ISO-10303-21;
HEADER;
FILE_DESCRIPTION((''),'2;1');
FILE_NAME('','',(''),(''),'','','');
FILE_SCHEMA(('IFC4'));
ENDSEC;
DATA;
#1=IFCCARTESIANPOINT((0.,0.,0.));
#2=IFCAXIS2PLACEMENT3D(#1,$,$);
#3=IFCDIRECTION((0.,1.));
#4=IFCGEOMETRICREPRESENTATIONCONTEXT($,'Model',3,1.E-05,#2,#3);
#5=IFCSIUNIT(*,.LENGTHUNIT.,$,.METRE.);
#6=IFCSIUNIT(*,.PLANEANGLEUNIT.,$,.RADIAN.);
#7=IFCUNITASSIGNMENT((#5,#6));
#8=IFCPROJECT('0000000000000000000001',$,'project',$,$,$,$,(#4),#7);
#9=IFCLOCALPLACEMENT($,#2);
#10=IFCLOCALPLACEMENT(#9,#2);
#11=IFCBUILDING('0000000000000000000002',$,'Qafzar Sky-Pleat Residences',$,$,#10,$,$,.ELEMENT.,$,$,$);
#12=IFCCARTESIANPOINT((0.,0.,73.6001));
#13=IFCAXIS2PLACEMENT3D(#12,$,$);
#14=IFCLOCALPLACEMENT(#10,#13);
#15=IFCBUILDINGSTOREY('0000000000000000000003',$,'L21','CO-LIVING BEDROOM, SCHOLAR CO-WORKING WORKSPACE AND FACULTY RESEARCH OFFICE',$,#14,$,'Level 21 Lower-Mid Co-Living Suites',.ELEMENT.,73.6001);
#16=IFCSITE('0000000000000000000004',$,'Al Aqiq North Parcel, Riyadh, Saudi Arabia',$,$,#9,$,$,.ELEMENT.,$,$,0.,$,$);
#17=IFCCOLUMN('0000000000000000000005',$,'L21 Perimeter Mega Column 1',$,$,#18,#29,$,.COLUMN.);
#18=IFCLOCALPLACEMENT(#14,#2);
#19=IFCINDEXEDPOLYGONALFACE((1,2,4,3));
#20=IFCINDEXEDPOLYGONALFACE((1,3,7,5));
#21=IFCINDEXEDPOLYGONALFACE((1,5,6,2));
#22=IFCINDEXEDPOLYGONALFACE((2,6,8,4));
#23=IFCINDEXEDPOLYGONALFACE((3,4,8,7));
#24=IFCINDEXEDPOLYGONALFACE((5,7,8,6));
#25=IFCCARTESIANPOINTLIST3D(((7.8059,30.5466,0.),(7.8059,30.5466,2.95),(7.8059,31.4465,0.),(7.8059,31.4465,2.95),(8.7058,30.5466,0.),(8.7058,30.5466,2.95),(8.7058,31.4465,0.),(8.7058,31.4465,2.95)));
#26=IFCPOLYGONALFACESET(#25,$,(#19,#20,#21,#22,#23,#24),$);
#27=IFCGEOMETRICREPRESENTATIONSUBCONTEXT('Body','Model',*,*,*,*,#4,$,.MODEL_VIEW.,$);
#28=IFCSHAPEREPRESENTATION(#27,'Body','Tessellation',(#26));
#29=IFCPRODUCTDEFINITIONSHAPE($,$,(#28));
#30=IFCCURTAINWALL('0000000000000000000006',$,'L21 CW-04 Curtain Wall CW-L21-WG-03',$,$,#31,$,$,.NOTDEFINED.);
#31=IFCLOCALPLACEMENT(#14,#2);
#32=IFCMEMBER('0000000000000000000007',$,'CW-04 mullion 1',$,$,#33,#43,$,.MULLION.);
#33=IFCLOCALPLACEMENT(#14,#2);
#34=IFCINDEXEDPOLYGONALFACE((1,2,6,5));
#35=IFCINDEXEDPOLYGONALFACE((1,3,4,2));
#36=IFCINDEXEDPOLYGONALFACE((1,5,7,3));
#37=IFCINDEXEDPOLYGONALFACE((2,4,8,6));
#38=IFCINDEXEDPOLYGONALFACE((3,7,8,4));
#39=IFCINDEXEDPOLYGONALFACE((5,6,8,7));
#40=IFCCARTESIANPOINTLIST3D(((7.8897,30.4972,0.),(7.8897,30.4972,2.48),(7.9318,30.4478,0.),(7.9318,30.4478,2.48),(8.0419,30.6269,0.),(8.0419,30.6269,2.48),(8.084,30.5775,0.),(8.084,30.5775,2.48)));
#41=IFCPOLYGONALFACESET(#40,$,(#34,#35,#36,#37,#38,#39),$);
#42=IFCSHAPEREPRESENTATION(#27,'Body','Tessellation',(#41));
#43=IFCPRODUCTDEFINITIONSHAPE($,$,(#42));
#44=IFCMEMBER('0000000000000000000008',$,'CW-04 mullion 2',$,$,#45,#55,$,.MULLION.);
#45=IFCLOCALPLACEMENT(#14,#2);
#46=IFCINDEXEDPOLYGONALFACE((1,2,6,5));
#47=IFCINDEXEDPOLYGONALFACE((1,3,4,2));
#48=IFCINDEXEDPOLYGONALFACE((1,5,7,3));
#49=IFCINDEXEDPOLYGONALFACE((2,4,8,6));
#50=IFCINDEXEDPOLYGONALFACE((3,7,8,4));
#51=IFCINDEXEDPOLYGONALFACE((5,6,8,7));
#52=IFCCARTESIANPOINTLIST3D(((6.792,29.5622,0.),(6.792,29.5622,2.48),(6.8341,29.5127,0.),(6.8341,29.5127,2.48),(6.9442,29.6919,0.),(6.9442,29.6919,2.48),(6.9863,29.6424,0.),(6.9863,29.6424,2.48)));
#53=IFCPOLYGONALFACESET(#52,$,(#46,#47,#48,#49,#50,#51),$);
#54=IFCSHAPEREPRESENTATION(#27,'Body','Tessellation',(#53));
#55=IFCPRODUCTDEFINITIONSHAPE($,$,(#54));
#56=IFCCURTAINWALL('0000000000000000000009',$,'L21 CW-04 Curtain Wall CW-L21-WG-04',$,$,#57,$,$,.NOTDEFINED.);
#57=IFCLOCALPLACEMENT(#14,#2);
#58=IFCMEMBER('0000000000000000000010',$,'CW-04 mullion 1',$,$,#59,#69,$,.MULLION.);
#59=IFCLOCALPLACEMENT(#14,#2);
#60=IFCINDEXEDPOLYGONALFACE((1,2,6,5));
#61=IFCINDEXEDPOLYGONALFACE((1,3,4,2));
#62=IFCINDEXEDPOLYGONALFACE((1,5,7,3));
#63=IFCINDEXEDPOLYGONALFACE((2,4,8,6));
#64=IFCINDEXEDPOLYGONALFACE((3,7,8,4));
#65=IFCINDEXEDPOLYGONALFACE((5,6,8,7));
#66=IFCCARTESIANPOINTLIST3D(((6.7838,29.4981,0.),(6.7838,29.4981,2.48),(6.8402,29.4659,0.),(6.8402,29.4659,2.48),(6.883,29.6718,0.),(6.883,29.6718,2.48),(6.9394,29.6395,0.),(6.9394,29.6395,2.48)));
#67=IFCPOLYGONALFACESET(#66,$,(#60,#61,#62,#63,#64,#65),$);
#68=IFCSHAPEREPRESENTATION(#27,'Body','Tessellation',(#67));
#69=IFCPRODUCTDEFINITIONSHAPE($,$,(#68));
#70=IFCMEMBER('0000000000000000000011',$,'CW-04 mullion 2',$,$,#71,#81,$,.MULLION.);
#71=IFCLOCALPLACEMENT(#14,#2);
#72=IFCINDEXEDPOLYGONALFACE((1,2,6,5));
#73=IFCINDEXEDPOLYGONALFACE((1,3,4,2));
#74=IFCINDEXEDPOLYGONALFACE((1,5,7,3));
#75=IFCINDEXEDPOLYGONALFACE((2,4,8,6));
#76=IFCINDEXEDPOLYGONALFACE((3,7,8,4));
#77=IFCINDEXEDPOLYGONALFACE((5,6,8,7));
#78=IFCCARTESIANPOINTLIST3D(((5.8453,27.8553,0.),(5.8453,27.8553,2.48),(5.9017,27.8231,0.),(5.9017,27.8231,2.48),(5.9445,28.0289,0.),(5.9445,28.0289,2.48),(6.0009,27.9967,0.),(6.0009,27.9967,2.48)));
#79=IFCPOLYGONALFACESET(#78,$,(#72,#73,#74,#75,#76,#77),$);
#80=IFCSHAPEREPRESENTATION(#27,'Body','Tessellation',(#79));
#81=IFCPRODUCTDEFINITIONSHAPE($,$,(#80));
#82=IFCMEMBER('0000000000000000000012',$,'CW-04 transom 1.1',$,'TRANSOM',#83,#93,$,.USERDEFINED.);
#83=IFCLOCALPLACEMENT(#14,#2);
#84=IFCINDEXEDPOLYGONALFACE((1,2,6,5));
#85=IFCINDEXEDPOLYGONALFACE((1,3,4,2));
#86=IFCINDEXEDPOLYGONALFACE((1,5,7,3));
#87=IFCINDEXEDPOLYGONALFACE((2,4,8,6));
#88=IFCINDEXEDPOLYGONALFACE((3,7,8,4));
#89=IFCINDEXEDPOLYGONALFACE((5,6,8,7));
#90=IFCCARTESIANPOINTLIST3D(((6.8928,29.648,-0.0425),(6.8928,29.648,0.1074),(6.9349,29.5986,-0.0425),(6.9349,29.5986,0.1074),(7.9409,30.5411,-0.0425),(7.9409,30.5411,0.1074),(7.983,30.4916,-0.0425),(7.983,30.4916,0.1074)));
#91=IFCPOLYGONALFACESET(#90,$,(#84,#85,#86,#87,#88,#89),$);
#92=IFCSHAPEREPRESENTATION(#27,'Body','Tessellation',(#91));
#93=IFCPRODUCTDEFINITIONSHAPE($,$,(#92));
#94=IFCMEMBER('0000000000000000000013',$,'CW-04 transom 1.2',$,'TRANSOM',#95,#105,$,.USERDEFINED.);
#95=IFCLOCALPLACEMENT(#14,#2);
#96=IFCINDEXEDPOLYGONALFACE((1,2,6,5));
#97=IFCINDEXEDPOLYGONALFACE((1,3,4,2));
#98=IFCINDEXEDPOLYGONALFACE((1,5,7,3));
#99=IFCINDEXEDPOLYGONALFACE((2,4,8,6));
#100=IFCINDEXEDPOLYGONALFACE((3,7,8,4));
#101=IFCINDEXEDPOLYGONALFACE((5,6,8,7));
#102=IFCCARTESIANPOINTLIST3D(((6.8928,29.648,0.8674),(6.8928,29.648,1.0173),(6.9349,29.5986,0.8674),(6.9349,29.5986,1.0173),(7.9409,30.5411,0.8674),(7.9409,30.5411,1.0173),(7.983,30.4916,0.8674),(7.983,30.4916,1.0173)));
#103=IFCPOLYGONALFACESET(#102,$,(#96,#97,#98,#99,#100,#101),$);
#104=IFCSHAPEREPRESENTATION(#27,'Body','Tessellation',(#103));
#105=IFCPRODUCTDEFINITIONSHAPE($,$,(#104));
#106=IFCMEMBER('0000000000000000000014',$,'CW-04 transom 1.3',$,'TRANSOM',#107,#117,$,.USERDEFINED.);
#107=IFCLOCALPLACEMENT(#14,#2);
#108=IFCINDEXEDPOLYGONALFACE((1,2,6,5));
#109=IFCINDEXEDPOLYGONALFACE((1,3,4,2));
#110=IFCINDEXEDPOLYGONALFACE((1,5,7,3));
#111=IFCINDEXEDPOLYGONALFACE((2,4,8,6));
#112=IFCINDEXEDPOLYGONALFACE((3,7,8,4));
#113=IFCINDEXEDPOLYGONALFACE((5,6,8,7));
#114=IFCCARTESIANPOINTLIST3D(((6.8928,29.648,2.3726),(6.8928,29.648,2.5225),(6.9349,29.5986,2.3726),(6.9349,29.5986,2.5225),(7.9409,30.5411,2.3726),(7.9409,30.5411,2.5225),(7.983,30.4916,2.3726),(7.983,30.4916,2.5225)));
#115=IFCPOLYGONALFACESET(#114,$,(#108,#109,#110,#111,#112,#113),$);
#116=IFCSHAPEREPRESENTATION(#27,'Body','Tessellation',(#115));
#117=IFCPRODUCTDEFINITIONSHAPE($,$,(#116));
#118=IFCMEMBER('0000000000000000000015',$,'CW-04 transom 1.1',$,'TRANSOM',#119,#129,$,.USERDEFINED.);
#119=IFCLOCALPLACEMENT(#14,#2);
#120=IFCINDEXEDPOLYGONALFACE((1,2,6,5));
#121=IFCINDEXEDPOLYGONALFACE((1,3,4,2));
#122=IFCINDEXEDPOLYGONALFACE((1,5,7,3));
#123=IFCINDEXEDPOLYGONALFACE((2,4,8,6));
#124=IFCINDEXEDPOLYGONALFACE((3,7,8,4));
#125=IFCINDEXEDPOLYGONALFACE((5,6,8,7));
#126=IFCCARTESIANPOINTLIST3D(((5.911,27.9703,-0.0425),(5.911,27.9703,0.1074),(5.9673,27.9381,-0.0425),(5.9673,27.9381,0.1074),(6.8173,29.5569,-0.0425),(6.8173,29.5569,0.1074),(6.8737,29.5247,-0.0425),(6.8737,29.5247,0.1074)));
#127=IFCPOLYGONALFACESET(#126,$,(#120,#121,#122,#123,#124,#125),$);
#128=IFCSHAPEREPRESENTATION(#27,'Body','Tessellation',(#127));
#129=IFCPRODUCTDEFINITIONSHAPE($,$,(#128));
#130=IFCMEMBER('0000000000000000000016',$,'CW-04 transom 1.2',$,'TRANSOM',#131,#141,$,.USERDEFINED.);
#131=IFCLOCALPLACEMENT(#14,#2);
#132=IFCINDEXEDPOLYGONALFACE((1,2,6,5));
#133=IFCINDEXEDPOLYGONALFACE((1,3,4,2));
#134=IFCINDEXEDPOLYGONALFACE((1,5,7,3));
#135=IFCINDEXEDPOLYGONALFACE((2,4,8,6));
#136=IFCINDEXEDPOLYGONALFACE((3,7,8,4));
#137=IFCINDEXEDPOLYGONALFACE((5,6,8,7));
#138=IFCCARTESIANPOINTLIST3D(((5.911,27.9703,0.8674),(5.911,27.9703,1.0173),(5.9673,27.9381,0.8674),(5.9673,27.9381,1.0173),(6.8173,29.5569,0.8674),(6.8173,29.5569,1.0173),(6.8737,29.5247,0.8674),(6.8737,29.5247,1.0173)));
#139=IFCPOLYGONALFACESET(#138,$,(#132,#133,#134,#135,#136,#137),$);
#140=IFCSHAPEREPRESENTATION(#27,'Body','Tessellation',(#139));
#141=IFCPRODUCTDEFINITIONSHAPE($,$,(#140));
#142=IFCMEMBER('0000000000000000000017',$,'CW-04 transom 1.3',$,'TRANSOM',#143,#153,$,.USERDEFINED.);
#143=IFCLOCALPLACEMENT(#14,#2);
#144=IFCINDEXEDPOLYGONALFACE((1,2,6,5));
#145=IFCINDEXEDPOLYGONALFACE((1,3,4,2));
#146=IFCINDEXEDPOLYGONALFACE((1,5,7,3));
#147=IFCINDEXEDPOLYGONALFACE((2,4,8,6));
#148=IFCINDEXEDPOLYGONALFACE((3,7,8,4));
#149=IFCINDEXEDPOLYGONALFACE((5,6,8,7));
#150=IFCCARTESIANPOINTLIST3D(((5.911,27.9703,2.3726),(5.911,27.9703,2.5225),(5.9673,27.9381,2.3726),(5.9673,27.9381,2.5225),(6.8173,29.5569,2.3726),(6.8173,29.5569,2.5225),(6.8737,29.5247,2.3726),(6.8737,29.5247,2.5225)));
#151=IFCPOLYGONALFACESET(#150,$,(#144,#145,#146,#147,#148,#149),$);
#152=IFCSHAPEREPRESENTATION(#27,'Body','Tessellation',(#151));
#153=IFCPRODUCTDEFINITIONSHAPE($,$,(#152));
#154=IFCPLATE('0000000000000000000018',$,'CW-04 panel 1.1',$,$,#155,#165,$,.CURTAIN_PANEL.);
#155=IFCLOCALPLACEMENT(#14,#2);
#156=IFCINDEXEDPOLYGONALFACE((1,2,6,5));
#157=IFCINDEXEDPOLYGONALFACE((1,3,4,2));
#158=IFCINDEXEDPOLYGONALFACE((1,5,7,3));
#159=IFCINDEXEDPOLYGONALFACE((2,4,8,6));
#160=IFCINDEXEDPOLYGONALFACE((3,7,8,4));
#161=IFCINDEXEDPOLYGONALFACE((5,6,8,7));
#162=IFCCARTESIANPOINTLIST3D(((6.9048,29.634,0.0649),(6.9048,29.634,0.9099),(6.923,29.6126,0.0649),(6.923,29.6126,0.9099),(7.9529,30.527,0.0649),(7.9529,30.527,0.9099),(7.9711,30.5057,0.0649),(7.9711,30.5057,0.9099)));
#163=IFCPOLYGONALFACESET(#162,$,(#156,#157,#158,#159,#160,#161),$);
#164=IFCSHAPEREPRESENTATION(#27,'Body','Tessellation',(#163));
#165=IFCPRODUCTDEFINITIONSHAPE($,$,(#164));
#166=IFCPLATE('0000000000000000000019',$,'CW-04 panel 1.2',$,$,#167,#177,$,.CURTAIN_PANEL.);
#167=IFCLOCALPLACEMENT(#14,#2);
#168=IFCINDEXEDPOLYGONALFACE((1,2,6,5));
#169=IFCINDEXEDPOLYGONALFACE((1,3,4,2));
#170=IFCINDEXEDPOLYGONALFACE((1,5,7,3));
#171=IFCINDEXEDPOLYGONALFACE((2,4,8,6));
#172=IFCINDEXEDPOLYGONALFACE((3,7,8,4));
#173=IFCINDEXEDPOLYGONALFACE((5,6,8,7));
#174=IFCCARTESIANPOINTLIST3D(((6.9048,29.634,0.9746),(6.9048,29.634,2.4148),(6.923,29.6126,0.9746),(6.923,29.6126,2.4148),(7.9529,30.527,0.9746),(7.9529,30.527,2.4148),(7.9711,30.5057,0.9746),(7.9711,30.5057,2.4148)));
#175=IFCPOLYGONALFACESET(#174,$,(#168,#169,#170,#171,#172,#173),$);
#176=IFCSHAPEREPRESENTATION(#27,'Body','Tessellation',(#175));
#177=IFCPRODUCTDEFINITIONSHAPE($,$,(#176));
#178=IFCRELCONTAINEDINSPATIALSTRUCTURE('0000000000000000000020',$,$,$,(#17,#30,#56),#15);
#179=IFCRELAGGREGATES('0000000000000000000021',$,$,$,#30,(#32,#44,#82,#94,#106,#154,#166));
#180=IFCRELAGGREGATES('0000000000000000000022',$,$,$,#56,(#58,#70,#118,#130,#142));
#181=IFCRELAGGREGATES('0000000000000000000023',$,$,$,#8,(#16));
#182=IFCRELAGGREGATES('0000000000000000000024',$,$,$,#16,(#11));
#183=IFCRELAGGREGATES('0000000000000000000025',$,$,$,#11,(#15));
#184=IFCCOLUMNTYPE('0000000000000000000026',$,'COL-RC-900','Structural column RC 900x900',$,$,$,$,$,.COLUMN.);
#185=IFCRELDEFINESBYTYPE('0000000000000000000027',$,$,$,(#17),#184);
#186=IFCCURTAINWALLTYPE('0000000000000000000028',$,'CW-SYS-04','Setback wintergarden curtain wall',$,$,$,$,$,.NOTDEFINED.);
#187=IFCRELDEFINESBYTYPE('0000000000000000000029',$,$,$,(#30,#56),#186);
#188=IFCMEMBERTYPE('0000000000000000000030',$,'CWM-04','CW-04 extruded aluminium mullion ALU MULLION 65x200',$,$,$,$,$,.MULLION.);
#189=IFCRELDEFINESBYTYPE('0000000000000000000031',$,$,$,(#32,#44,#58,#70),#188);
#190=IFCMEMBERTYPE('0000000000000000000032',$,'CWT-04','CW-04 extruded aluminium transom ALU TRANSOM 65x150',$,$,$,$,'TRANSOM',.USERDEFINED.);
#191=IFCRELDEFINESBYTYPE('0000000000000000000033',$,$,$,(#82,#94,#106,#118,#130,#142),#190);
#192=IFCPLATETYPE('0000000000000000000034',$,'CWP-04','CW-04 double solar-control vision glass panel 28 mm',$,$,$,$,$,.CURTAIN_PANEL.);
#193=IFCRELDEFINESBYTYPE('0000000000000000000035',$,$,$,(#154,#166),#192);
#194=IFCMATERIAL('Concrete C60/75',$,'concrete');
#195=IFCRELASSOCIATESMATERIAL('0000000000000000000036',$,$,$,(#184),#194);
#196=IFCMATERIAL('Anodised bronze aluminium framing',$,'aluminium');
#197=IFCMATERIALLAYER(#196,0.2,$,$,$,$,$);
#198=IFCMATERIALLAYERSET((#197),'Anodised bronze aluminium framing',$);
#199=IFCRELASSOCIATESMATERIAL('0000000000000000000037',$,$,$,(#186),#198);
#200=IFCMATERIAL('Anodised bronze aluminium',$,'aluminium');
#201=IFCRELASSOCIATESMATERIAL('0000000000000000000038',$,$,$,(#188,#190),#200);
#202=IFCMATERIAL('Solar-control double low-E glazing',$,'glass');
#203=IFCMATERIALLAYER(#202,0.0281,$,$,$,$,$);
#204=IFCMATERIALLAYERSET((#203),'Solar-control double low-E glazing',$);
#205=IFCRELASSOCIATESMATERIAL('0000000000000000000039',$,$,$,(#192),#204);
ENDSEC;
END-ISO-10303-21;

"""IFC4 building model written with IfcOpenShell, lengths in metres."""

from ifc_helpers import new_model, si_unit, direction, frame, origin, origin_2d, place, context, subcontext, project, spatial, rectangle, extrude, source, transform, mapped, material, layer, layer_set, material_profile, profile_set, type_object, element, aggregate, save


model = new_model("IFC4")

# Units and contexts
model_context = context("Model", 3, precision=1e-05, world=origin(), true_north=direction((0.0, 1.0)))
body_context = subcontext(model_context, "Body", "Model", "MODEL_VIEW")
ifc_project = project(units=[si_unit("LENGTHUNIT", "METRE"), si_unit("PLANEANGLEUNIT", "RADIAN")], contexts=[model_context])

# Site, building, storey
site_placement = place(None, origin())
site = spatial("IfcSite", under=ifc_project, at=site_placement, Name="Al Aqiq North Parcel, Riyadh, Saudi Arabia", CompositionType="ELEMENT", RefElevation=0.0)
building_placement = place(site_placement, origin())
building = spatial("IfcBuilding", under=site, at=building_placement, Name="Qafzar Sky-Pleat Residences", CompositionType="ELEMENT")
storey_placement = place(building_placement, frame((0.0, 0.0, 73.6001)))
storey = spatial("IfcBuildingStorey", under=building, at=storey_placement, Name="L21", Description="CO-LIVING BEDROOM, SCHOLAR CO-WORKING WORKSPACE AND FACULTY RESEARCH OFFICE", LongName="Level 21 Lower-Mid Co-Living Suites", CompositionType="ELEMENT", Elevation=73.6001)

# Column
ifc_material_1 = material(Name="Concrete C60/75", Category="concrete")
ifc_material_profile_1 = material_profile(ifc_material_1, rectangle(XDim=0.8999, YDim=0.8999, at=origin_2d()), Name="RC 900x900")
ifc_profile_set_1 = profile_set([ifc_material_profile_1], Name="Concrete C60/75")
column_type = type_object("IfcColumnType", Name="COL-RC-900", Description="Structural column RC 900x900", PredefinedType="COLUMN", material=ifc_profile_set_1)
shared_shape_1 = source(origin(), body_context, "Body", "SweptSolid", [
    extrude(rectangle(XDim=0.8999, YDim=0.8999, at=origin_2d()), origin(), (0.0, 0.0, 1.0), 2.95),
])
column_placement = place(storey_placement, frame((8.2559, 30.9966, 0.0), z_axis=(0.0, 0.0, 1.0), x_axis=(1.0, 0.0, 0.0)))
element("IfcColumn", 1, at=column_placement, inside=storey, type_object=column_type, Name="L21 Perimeter Mega Column 1", PredefinedType="COLUMN", context=body_context, shape_type="MappedRepresentation", body=[
    mapped(shared_shape_1, transform((0.0, 0.0, 0.0), x_axis=(1.0, 0.0, 0.0), y_axis=(0.0, 1.0, 0.0), z_axis=(0.0, 0.0, 1.0), scale=1.0)),
])

# Curtain walls, members
ifc_material_2 = material(Name="Anodised bronze aluminium framing", Category="aluminium")
ifc_layer_1 = layer(ifc_material_2, 0.2)
ifc_layer_set_1 = layer_set([ifc_layer_1], Name="Anodised bronze aluminium framing")
curtain_wall_type = type_object("IfcCurtainWallType", Name="CW-SYS-04", Description="Setback wintergarden curtain wall", PredefinedType="NOTDEFINED", material=ifc_layer_set_1)
curtain_wall_1_placement = place(storey_placement, origin())
curtain_wall_1 = element("IfcCurtainWall", 2, at=curtain_wall_1_placement, inside=storey, type_object=curtain_wall_type, Name="L21 CW-04 Curtain Wall CW-L21-WG-03", PredefinedType="NOTDEFINED")
ifc_material_3 = material(Name="Anodised bronze aluminium", Category="aluminium")
ifc_material_profile_2 = material_profile(ifc_material_3, rectangle(XDim=0.0649, YDim=0.2, at=origin_2d()), Name="ALU MULLION 65x200")
ifc_profile_set_2 = profile_set([ifc_material_profile_2], Name="Anodised bronze aluminium")
member_type_1 = type_object("IfcMemberType", Name="CWM-04", Description="CW-04 extruded aluminium mullion ALU MULLION 65x200", PredefinedType="MULLION", material=ifc_profile_set_2)
shared_shape_2 = source(origin(), body_context, "Body", "SweptSolid", [
    extrude(rectangle(XDim=0.0649, YDim=0.2, at=origin_2d()), origin(), (0.0, 0.0, 1.0), 2.48),
])
member_1_placement = place(storey_placement, frame((7.9868, 30.5374, 0.0), z_axis=(0.0, 0.0, 1.0), x_axis=(0.648559, -0.761164, 0.0)))
member_1 = element("IfcMember", 3, at=member_1_placement, type_object=member_type_1, Name="CW-04 mullion 1", PredefinedType="MULLION", context=body_context, shape_type="MappedRepresentation", body=[
    mapped(shared_shape_2, transform((0.0, 0.0, 0.0), x_axis=(1.0, 0.0, 0.0), y_axis=(0.0, 1.0, 0.0), z_axis=(0.0, 0.0, 1.0), scale=1.0)),
])
member_2_placement = place(storey_placement, frame((6.8892, 29.6023, 0.0), z_axis=(0.0, 0.0, 1.0), x_axis=(0.648559, -0.761164, 0.0)))
member_2 = element("IfcMember", 4, at=member_2_placement, type_object=member_type_1, Name="CW-04 mullion 2", PredefinedType="MULLION", context=body_context, shape_type="MappedRepresentation", body=[
    mapped(shared_shape_2, transform((0.0, 0.0, 0.0), x_axis=(1.0, 0.0, 0.0), y_axis=(0.0, 1.0, 0.0), z_axis=(0.0, 0.0, 1.0), scale=1.0)),
])
curtain_wall_2_placement = place(storey_placement, origin())
curtain_wall_2 = element("IfcCurtainWall", 5, at=curtain_wall_2_placement, inside=storey, type_object=curtain_wall_type, Name="L21 CW-04 Curtain Wall CW-L21-WG-04", PredefinedType="NOTDEFINED")
member_3_placement = place(storey_placement, frame((6.8616, 29.5688, 0.0), z_axis=(0.0, 0.0, 1.0), x_axis=(0.868293, -0.496051, 0.0)))
member_3 = element("IfcMember", 6, at=member_3_placement, type_object=member_type_1, Name="CW-04 mullion 1", PredefinedType="MULLION", context=body_context, shape_type="MappedRepresentation", body=[
    mapped(shared_shape_2, transform((0.0, 0.0, 0.0), x_axis=(1.0, 0.0, 0.0), y_axis=(0.0, 1.0, 0.0), z_axis=(0.0, 0.0, 1.0), scale=1.0)),
])
member_4_placement = place(storey_placement, frame((5.9231, 27.926, 0.0), z_axis=(0.0, 0.0, 1.0), x_axis=(0.868293, -0.496051, 0.0)))
member_4 = element("IfcMember", 7, at=member_4_placement, type_object=member_type_1, Name="CW-04 mullion 2", PredefinedType="MULLION", context=body_context, shape_type="MappedRepresentation", body=[
    mapped(shared_shape_2, transform((0.0, 0.0, 0.0), x_axis=(1.0, 0.0, 0.0), y_axis=(0.0, 1.0, 0.0), z_axis=(0.0, 0.0, 1.0), scale=1.0)),
])

# Members
ifc_material_profile_3 = material_profile(ifc_material_3, rectangle(XDim=0.0649, YDim=0.1499, at=origin_2d()), Name="ALU TRANSOM 65x150")
ifc_profile_set_3 = profile_set([ifc_material_profile_3], Name="Anodised bronze aluminium")
member_type_2 = type_object("IfcMemberType", Name="CWT-04", Description="CW-04 extruded aluminium transom ALU TRANSOM 65x150", ElementType="TRANSOM", PredefinedType="USERDEFINED", material=ifc_profile_set_3)
shared_shape_3 = source(origin(), body_context, "Body", "SweptSolid", [
    extrude(rectangle(XDim=0.0649, YDim=0.1499, at=origin_2d()), origin(), (0.0, 0.0, 1.0), 1.377),
])
member_5_placement = place(storey_placement, frame((7.9619, 30.5164, 0.0325), z_axis=(-0.761156, -0.648569, 0.0), x_axis=(0.648569, -0.761156, 0.0)))
member_5 = element("IfcMember", 8, at=member_5_placement, type_object=member_type_2, Name="CW-04 transom 1.1", ObjectType="TRANSOM", PredefinedType="USERDEFINED", context=body_context, shape_type="MappedRepresentation", body=[
    mapped(shared_shape_3, transform((0.0, 0.0, 0.0), x_axis=(1.0, 0.0, 0.0), y_axis=(0.0, 1.0, 0.0), z_axis=(0.0, 0.0, 1.0), scale=1.0)),
])
member_6_placement = place(storey_placement, frame((7.9619, 30.5164, 0.9424), z_axis=(-0.761156, -0.648569, 0.0), x_axis=(0.648569, -0.761156, 0.0)))
member_6 = element("IfcMember", 9, at=member_6_placement, type_object=member_type_2, Name="CW-04 transom 1.2", ObjectType="TRANSOM", PredefinedType="USERDEFINED", context=body_context, shape_type="MappedRepresentation", body=[
    mapped(shared_shape_3, transform((0.0, 0.0, 0.0), x_axis=(1.0, 0.0, 0.0), y_axis=(0.0, 1.0, 0.0), z_axis=(0.0, 0.0, 1.0), scale=1.0)),
])
member_7_placement = place(storey_placement, frame((7.9619, 30.5164, 2.4475), z_axis=(-0.761156, -0.648569, 0.0), x_axis=(0.648569, -0.761156, 0.0)))
member_7 = element("IfcMember", 10, at=member_7_placement, type_object=member_type_2, Name="CW-04 transom 1.3", ObjectType="TRANSOM", PredefinedType="USERDEFINED", context=body_context, shape_type="MappedRepresentation", body=[
    mapped(shared_shape_3, transform((0.0, 0.0, 0.0), x_axis=(1.0, 0.0, 0.0), y_axis=(0.0, 1.0, 0.0), z_axis=(0.0, 0.0, 1.0), scale=1.0)),
])
shared_shape_4 = source(origin(), body_context, "Body", "SweptSolid", [
    extrude(rectangle(XDim=0.0649, YDim=0.1499, at=origin_2d()), origin(), (0.0, 0.0, 1.0), 1.8271),
])
member_8_placement = place(storey_placement, frame((6.8455, 29.5408, 0.0325), z_axis=(-0.496024, -0.868309, 0.0), x_axis=(0.868309, -0.496024, 0.0)))
member_8 = element("IfcMember", 11, at=member_8_placement, type_object=member_type_2, Name="CW-04 transom 1.1", ObjectType="TRANSOM", PredefinedType="USERDEFINED", context=body_context, shape_type="MappedRepresentation", body=[
    mapped(shared_shape_4, transform((0.0, 0.0, 0.0), x_axis=(1.0, 0.0, 0.0), y_axis=(0.0, 1.0, 0.0), z_axis=(0.0, 0.0, 1.0), scale=1.0)),
])
member_9_placement = place(storey_placement, frame((6.8455, 29.5408, 0.9424), z_axis=(-0.496024, -0.868309, 0.0), x_axis=(0.868309, -0.496024, 0.0)))
member_9 = element("IfcMember", 12, at=member_9_placement, type_object=member_type_2, Name="CW-04 transom 1.2", ObjectType="TRANSOM", PredefinedType="USERDEFINED", context=body_context, shape_type="MappedRepresentation", body=[
    mapped(shared_shape_4, transform((0.0, 0.0, 0.0), x_axis=(1.0, 0.0, 0.0), y_axis=(0.0, 1.0, 0.0), z_axis=(0.0, 0.0, 1.0), scale=1.0)),
])
member_10_placement = place(storey_placement, frame((6.8455, 29.5408, 2.4475), z_axis=(-0.496024, -0.868309, 0.0), x_axis=(0.868309, -0.496024, 0.0)))
member_10 = element("IfcMember", 13, at=member_10_placement, type_object=member_type_2, Name="CW-04 transom 1.3", ObjectType="TRANSOM", PredefinedType="USERDEFINED", context=body_context, shape_type="MappedRepresentation", body=[
    mapped(shared_shape_4, transform((0.0, 0.0, 0.0), x_axis=(1.0, 0.0, 0.0), y_axis=(0.0, 1.0, 0.0), z_axis=(0.0, 0.0, 1.0), scale=1.0)),
])

# Plates
ifc_material_4 = material(Name="Solar-control double low-E glazing", Category="glass")
ifc_layer_2 = layer(ifc_material_4, 0.0281)
ifc_layer_set_2 = layer_set([ifc_layer_2], Name="Solar-control double low-E glazing")
plate_type = type_object("IfcPlateType", Name="CWP-04", Description="CW-04 double solar-control vision glass panel 28 mm", PredefinedType="CURTAIN_PANEL", material=ifc_layer_set_2)
shared_shape_5 = source(origin(), body_context, "Body", "SweptSolid", [
    extrude(rectangle(XDim=1.377, YDim=0.0281, at=origin_2d()), origin(), (0.0, 0.0, 1.0), 0.845),
])
plate_1_placement = place(storey_placement, frame((7.438, 30.0698, 0.0649), z_axis=(0.0, 0.0, 1.0), x_axis=(-0.761164, -0.648559, 0.0)))
plate_1 = element("IfcPlate", 14, at=plate_1_placement, type_object=plate_type, Name="CW-04 panel 1.1", PredefinedType="CURTAIN_PANEL", context=body_context, shape_type="MappedRepresentation", body=[
    mapped(shared_shape_5, transform((0.0, 0.0, 0.0), x_axis=(1.0, 0.0, 0.0), y_axis=(0.0, 1.0, 0.0), z_axis=(0.0, 0.0, 1.0), scale=1.0)),
])
shared_shape_6 = source(origin(), body_context, "Body", "SweptSolid", [
    extrude(rectangle(XDim=1.377, YDim=0.0281, at=origin_2d()), origin(), (0.0, 0.0, 1.0), 1.4402),
])
plate_2_placement = place(storey_placement, frame((7.438, 30.0698, 0.9746), z_axis=(0.0, 0.0, 1.0), x_axis=(-0.761164, -0.648559, 0.0)))
plate_2 = element("IfcPlate", 15, at=plate_2_placement, type_object=plate_type, Name="CW-04 panel 1.2", PredefinedType="CURTAIN_PANEL", context=body_context, shape_type="MappedRepresentation", body=[
    mapped(shared_shape_6, transform((0.0, 0.0, 0.0), x_axis=(1.0, 0.0, 0.0), y_axis=(0.0, 1.0, 0.0), z_axis=(0.0, 0.0, 1.0), scale=1.0)),
])
aggregate(curtain_wall_1, [member_1, member_2, member_5, member_6, member_7, plate_1, plate_2])
aggregate(curtain_wall_2, [member_3, member_4, member_8, member_9, member_10])

save(model, "model.ifc")
